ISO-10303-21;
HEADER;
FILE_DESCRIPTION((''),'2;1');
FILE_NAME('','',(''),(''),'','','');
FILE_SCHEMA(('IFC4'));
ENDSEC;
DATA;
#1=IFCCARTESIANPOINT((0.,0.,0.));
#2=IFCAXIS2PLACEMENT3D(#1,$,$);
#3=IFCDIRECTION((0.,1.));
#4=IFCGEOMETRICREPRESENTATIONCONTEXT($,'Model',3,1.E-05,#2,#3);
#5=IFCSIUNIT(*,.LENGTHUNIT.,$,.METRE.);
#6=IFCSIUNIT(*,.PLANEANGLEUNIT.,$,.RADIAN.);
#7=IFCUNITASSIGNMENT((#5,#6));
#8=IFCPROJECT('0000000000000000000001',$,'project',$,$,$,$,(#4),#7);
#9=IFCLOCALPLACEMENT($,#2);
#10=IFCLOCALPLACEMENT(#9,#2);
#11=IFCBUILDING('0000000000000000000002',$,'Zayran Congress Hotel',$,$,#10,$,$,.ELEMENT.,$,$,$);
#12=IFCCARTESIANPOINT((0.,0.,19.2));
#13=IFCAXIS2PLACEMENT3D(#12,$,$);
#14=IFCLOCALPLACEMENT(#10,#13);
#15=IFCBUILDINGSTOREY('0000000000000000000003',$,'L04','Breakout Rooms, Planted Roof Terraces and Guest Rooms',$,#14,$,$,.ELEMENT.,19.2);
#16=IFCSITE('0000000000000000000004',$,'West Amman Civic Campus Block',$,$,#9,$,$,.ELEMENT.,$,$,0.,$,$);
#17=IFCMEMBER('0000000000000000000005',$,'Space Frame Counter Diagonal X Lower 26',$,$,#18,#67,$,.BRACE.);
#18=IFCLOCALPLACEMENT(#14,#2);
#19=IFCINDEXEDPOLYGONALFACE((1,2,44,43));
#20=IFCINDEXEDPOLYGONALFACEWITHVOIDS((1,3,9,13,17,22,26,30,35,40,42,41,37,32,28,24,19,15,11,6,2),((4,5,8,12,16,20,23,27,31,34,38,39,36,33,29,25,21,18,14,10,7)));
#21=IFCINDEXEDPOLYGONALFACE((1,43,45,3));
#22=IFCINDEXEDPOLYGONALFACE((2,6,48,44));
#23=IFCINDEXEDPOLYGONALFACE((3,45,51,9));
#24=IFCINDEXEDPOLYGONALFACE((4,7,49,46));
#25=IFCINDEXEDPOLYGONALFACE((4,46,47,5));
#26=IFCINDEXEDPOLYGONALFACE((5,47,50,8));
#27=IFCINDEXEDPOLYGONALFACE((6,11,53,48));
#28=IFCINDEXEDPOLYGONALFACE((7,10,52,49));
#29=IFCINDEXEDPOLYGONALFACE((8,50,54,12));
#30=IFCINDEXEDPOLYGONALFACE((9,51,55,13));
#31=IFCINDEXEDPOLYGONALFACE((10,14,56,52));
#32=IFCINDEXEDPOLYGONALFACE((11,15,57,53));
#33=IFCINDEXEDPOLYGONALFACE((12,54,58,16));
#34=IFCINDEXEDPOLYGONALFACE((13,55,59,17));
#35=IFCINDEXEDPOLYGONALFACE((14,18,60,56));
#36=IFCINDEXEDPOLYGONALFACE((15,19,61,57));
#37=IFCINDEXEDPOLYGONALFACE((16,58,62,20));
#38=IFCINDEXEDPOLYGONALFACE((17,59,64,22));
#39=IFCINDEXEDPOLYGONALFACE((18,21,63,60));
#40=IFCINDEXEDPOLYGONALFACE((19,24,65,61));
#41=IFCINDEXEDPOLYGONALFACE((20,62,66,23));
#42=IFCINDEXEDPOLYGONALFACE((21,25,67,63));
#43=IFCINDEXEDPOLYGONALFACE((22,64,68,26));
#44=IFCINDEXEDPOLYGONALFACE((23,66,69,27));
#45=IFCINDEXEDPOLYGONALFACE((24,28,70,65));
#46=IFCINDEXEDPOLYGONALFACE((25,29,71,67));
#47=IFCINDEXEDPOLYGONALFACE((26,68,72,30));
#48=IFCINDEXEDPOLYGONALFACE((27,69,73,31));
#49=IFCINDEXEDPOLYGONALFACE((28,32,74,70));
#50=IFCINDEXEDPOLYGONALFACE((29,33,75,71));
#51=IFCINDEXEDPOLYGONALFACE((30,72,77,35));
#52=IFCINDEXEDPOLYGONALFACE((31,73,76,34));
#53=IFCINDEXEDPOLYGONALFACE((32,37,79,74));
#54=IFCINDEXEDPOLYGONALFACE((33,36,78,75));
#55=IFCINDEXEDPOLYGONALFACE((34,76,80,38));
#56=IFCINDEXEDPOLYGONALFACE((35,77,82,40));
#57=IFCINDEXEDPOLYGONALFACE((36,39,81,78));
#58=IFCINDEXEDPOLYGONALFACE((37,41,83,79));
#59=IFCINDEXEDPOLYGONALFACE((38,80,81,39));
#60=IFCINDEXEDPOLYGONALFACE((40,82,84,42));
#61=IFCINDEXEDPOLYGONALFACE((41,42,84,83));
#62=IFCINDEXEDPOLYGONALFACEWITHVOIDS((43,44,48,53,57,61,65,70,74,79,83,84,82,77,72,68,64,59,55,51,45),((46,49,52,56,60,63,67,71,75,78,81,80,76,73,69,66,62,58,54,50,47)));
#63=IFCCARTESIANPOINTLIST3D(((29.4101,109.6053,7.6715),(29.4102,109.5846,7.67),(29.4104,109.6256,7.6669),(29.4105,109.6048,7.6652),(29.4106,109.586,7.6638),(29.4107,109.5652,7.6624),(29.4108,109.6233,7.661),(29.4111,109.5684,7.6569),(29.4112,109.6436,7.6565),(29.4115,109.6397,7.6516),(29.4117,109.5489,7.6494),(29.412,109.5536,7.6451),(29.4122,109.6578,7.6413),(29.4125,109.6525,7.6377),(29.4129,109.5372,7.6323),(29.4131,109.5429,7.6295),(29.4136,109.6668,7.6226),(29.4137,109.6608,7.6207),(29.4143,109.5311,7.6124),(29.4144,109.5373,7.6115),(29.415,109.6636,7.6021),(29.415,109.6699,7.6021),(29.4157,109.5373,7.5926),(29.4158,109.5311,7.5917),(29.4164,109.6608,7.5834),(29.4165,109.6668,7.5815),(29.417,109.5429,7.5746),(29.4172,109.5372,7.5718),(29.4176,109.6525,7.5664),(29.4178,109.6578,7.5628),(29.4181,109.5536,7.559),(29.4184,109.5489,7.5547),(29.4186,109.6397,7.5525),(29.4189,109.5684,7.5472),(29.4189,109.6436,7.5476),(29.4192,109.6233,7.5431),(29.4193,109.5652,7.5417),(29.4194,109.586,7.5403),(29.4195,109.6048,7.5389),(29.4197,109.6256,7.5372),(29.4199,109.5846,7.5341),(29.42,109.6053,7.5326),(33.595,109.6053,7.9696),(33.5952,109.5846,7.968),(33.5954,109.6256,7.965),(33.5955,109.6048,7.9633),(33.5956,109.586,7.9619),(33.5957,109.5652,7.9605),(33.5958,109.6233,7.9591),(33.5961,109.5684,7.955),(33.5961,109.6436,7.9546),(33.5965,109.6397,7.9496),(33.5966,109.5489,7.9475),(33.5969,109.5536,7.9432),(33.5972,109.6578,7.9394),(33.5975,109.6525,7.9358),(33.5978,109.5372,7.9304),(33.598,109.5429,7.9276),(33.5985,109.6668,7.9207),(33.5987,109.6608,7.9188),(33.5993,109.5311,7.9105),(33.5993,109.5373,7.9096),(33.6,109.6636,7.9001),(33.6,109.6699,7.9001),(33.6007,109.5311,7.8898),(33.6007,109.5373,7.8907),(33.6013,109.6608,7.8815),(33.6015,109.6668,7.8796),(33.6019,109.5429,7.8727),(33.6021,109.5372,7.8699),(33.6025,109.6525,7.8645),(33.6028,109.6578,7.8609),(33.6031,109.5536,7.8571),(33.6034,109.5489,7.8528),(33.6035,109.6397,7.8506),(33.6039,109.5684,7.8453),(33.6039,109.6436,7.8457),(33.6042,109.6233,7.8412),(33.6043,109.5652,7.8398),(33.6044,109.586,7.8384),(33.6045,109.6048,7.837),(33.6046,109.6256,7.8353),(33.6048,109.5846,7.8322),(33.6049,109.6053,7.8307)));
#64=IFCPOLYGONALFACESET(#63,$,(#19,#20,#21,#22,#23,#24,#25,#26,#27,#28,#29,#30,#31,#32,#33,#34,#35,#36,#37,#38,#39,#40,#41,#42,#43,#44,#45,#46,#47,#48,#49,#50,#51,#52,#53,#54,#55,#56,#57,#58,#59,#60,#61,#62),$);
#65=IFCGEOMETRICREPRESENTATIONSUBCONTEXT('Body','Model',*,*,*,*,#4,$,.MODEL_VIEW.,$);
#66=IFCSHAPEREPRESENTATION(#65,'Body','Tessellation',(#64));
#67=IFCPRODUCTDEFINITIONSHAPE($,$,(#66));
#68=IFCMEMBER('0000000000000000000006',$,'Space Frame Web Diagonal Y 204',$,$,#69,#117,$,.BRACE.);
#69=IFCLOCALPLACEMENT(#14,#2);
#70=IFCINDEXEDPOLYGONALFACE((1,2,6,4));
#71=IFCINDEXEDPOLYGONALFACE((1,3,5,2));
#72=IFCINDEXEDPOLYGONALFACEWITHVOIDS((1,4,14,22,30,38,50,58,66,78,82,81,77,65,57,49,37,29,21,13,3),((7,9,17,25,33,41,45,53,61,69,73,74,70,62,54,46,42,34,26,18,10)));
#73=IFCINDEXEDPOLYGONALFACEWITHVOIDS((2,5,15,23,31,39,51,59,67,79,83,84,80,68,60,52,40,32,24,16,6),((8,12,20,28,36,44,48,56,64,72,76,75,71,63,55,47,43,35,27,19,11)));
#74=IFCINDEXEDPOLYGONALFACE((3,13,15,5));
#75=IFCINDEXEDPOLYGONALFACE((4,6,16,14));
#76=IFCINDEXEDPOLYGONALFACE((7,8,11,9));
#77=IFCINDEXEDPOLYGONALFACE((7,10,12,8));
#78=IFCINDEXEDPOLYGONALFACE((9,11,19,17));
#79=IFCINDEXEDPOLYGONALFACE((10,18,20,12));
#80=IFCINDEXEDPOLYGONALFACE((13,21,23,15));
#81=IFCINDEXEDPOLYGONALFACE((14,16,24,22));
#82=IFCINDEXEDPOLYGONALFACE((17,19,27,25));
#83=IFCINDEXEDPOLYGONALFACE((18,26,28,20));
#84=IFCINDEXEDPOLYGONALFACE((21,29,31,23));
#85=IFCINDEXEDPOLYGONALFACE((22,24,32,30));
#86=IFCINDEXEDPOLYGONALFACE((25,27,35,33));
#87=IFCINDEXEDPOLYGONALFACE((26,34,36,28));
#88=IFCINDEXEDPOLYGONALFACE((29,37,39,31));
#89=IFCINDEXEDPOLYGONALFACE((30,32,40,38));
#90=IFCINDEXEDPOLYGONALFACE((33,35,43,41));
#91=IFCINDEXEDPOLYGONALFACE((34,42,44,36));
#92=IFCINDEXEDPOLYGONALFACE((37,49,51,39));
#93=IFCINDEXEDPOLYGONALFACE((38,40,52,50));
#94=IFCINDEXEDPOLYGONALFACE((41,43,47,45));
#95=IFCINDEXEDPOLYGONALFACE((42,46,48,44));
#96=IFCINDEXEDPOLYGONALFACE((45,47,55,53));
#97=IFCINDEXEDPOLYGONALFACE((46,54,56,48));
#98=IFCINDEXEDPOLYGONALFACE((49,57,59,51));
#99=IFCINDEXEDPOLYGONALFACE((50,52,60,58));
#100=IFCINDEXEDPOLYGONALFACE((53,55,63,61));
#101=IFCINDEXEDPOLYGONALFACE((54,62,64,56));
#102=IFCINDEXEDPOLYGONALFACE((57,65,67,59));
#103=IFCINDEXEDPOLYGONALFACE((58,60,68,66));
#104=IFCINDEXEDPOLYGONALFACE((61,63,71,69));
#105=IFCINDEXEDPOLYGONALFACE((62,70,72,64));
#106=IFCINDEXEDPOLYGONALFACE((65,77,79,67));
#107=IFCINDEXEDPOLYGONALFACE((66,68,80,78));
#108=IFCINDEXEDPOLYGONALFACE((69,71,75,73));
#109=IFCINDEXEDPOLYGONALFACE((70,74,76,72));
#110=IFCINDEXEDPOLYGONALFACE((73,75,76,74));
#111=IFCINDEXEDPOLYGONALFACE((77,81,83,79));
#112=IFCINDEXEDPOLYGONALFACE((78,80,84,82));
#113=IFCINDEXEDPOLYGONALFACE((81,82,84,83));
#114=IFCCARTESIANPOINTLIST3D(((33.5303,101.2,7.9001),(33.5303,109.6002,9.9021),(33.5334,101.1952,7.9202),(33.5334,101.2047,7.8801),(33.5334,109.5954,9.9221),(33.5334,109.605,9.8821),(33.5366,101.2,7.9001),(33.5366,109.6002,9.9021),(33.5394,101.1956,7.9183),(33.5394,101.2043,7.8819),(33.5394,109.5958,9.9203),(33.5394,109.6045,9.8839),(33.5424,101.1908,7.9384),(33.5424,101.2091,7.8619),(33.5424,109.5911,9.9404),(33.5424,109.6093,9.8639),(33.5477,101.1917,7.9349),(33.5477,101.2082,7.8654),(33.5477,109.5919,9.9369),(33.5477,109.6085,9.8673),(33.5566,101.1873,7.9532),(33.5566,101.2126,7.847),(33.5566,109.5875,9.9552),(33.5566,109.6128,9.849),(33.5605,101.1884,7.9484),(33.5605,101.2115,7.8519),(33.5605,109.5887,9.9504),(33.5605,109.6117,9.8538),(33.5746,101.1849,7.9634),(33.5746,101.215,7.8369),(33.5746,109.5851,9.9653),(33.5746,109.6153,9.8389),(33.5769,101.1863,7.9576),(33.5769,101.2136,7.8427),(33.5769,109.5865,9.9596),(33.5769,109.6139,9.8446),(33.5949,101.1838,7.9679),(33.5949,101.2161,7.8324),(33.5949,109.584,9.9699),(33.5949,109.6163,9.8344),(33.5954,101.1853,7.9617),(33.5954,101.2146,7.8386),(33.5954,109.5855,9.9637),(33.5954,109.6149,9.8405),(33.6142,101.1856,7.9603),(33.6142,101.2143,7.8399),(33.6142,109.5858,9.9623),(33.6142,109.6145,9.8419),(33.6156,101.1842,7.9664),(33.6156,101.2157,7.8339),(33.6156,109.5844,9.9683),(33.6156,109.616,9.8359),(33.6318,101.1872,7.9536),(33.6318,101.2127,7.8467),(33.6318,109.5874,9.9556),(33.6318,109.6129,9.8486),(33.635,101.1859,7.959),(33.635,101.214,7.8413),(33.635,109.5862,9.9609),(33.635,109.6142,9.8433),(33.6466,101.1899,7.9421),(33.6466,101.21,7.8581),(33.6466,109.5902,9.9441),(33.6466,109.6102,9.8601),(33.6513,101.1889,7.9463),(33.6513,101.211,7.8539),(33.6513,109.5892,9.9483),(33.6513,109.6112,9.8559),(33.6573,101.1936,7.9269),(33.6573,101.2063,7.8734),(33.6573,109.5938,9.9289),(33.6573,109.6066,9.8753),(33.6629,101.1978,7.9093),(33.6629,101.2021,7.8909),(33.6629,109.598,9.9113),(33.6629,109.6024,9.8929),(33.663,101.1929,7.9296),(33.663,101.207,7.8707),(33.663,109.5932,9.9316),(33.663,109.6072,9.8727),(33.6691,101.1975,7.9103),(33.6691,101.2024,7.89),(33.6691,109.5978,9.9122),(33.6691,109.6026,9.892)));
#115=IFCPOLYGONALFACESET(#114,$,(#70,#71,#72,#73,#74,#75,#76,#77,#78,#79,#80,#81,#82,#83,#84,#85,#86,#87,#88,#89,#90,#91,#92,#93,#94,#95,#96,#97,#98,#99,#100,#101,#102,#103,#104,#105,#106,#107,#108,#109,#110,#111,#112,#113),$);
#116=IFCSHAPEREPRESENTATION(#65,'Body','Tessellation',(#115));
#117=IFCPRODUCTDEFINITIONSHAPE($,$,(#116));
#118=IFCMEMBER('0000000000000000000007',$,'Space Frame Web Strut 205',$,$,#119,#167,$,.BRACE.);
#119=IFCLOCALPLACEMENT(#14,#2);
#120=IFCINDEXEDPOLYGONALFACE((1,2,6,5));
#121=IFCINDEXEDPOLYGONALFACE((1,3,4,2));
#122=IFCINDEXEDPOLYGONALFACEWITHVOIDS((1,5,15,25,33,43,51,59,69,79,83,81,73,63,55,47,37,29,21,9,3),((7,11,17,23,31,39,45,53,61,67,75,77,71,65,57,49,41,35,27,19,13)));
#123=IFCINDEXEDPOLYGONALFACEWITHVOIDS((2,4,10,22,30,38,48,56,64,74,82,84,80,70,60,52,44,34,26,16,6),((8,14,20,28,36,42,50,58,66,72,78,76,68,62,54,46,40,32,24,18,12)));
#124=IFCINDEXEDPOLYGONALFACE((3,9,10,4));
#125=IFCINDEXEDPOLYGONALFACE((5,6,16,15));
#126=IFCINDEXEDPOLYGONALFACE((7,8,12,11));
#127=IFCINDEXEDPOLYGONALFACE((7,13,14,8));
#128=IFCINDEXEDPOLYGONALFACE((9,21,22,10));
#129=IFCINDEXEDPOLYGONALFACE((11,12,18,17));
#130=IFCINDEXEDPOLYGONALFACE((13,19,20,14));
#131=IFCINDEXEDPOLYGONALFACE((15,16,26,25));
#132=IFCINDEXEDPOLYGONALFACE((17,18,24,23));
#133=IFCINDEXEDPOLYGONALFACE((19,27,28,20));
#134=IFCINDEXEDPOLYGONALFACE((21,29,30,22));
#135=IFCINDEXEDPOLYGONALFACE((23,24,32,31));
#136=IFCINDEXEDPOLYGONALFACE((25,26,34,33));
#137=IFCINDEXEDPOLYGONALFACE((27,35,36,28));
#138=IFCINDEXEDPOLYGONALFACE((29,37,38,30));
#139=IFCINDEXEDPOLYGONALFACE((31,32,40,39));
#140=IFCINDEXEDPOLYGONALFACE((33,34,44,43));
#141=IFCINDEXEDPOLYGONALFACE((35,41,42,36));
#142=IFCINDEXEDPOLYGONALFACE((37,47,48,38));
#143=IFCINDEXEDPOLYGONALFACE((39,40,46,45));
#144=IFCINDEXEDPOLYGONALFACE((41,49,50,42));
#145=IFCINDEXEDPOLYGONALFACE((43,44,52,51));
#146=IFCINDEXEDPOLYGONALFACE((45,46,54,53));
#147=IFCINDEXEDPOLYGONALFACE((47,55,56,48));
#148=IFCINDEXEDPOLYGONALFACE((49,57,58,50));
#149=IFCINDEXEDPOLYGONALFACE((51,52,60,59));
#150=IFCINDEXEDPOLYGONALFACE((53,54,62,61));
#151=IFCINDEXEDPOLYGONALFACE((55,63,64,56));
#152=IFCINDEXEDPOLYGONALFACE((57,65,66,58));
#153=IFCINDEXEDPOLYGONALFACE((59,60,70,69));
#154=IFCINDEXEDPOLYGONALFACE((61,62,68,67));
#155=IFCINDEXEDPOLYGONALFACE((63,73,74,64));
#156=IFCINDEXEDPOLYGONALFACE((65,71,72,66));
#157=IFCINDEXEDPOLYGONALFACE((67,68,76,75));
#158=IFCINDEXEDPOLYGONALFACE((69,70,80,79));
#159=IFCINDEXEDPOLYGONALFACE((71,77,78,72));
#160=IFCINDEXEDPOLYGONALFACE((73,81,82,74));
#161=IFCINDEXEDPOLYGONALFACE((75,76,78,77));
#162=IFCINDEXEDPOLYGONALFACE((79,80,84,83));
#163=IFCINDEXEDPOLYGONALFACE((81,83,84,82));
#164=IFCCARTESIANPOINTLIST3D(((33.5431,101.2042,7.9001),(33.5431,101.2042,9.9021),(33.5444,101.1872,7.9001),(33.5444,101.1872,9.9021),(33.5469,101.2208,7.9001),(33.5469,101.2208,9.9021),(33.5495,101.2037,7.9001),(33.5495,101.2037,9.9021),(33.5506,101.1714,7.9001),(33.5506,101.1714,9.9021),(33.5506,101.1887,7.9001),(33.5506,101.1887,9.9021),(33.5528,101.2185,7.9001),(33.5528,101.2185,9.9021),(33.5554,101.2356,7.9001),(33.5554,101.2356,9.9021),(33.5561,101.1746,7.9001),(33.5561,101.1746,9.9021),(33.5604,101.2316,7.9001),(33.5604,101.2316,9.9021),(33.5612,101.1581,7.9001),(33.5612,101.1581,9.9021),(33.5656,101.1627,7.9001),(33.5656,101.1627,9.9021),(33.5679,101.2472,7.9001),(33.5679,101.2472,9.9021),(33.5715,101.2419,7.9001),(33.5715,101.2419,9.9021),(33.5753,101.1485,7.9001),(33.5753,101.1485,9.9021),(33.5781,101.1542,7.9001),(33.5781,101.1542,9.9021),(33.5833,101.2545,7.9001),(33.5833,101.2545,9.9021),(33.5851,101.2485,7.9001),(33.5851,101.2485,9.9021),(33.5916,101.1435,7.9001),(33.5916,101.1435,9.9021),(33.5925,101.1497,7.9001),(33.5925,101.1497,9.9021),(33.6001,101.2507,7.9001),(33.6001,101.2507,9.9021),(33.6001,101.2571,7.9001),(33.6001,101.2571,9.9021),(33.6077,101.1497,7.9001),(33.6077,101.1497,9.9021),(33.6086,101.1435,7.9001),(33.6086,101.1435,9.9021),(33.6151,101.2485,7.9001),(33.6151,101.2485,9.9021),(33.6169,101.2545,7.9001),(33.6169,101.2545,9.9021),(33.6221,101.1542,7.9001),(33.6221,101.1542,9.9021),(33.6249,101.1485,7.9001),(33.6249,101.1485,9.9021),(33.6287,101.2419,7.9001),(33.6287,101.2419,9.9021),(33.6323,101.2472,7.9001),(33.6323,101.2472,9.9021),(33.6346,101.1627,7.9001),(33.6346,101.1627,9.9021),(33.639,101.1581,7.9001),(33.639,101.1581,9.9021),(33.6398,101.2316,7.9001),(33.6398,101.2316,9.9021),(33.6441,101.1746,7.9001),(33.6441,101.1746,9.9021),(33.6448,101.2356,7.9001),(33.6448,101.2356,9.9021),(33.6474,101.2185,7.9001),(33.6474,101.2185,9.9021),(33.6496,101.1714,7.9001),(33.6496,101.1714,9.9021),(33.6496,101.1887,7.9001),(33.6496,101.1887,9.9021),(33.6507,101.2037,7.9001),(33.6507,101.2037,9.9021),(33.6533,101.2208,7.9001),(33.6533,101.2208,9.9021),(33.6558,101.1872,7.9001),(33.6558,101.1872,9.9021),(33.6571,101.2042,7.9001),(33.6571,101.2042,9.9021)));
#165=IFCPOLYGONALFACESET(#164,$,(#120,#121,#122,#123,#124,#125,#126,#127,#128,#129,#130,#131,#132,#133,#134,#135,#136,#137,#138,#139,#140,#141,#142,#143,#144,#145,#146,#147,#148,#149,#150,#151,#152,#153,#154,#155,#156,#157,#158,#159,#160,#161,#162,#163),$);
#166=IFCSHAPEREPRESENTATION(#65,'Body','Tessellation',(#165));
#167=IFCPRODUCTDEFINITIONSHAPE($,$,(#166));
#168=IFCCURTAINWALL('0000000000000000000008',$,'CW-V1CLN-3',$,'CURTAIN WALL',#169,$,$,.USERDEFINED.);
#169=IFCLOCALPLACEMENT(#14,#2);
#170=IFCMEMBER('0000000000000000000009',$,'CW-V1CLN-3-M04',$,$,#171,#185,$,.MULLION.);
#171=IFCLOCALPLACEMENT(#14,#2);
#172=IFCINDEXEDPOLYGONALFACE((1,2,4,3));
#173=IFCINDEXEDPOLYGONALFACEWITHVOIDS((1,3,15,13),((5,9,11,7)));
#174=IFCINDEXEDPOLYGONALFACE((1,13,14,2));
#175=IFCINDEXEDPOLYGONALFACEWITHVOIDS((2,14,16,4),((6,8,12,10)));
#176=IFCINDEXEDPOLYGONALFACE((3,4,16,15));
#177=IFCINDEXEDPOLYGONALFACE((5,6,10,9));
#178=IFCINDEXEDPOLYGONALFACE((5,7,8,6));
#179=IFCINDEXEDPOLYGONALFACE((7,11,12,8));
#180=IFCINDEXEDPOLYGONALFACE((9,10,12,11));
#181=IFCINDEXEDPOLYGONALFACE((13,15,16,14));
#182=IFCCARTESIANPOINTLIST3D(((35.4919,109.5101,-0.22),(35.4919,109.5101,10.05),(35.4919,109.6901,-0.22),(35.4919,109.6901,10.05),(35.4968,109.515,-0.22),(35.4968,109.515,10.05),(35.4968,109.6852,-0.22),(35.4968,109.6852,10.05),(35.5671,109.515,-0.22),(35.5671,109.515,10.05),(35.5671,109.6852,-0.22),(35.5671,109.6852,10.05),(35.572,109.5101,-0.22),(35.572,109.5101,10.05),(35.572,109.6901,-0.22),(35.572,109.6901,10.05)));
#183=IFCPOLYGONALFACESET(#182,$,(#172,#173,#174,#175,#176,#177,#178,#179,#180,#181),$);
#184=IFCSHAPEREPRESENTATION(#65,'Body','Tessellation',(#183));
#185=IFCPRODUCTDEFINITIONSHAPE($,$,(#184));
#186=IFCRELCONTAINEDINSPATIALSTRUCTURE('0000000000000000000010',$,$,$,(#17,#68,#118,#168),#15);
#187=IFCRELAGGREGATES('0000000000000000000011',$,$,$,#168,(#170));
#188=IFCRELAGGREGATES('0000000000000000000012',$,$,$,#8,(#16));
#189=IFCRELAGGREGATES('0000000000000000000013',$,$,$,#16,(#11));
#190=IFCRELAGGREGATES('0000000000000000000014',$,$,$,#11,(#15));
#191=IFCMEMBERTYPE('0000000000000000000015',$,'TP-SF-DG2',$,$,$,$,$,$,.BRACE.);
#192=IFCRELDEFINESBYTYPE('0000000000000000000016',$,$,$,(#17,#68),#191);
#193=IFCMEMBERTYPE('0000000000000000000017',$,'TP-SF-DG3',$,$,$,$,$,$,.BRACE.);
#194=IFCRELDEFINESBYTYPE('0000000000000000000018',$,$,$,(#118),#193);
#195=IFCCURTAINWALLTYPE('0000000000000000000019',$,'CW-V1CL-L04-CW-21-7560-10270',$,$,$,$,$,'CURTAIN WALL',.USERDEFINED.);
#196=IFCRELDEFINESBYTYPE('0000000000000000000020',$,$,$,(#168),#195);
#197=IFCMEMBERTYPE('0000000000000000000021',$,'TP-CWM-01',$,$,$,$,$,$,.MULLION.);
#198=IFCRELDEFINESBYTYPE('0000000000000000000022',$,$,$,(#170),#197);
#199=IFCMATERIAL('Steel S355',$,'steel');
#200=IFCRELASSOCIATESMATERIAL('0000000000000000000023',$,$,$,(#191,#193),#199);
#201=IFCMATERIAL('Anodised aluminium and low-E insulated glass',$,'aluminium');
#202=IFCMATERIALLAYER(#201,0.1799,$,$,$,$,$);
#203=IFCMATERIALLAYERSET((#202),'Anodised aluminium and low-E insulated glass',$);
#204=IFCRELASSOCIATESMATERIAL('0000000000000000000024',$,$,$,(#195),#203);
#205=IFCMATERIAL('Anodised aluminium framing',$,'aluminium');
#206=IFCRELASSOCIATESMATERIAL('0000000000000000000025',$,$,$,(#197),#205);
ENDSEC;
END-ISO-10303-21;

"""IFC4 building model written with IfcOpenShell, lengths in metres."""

from ifc_helpers import new_model, si_unit, direction, frame, origin, origin_2d, place, context, subcontext, project, spatial, hollow_rectangle, hollow_circle, extrude, material, layer, layer_set, material_profile, profile_set, type_object, element, aggregate, save


model = new_model("IFC4")

# Units and contexts
model_context = context("Model", 3, precision=1e-05, world=origin(), true_north=direction((0.0, 1.0)))
body_context = subcontext(model_context, "Body", "Model", "MODEL_VIEW")
ifc_project = project(units=[si_unit("LENGTHUNIT", "METRE"), si_unit("PLANEANGLEUNIT", "RADIAN")], contexts=[model_context])

# Site, building, storey
site_placement = place(None, origin())
site = spatial("IfcSite", under=ifc_project, at=site_placement, Name="West Amman Civic Campus Block", CompositionType="ELEMENT", RefElevation=0.0)
building_placement = place(site_placement, origin())
building = spatial("IfcBuilding", under=site, at=building_placement, Name="Zayran Congress Hotel", CompositionType="ELEMENT")
storey_placement = place(building_placement, frame((0.0, 0.0, 19.2)))
storey = spatial("IfcBuildingStorey", under=building, at=storey_placement, Name="L04", Description="Breakout Rooms, Planted Roof Terraces and Guest Rooms", CompositionType="ELEMENT", Elevation=19.2)

# Members
ifc_material_1 = material(Name="Steel S355", Category="steel")
ifc_material_profile_1 = material_profile(ifc_material_1, hollow_circle(Radius=0.0698, WallThickness=0.0063, at=origin_2d()), Name="CHS 139.7x6.3")
ifc_profile_set_1 = profile_set([ifc_material_profile_1], Name="Steel S355")
member_type_1 = type_object("IfcMemberType", Name="TP-SF-DG2", PredefinedType="BRACE", material=ifc_profile_set_1)
for number, where, z_axis, x_axis, name in (
    (1, (29.415, 109.6001, 7.6021), (0.997473, 0.0, 0.071049), (0.0, 1.0, 0.0), "Space Frame Counter Diagonal X Lower 26"),
):
    element("IfcMember", number, at=place(storey_placement, frame(where, z_axis=z_axis, x_axis=x_axis)), inside=storey, type_object=member_type_1, Name=name, PredefinedType="BRACE", context=body_context, shape_type="SweptSolid", body=[
        extrude(hollow_circle(Radius=0.0698, WallThickness=0.0063, at=origin_2d()), origin(), (0.0, 0.0, 1.0), 4.1956),
    ])
member_1_placement = place(storey_placement, frame((33.6001, 101.2, 7.9001), z_axis=(0.0, 0.972756, 0.231831), x_axis=(-1.0, 0.0, 0.0)))
element("IfcMember", 2, at=member_1_placement, inside=storey, type_object=member_type_1, Name="Space Frame Web Diagonal Y 204", PredefinedType="BRACE", context=body_context, shape_type="SweptSolid", body=[
    extrude(hollow_circle(Radius=0.0698, WallThickness=0.0063, at=origin_2d()), origin(), (0.0, 0.0, 1.0), 8.6355),
])
ifc_material_profile_2 = material_profile(ifc_material_1, hollow_circle(Radius=0.0571, WallThickness=0.0063, at=origin_2d()), Name="CHS 114.3x6.3")
ifc_profile_set_2 = profile_set([ifc_material_profile_2], Name="Steel S355")
member_type_2 = type_object("IfcMemberType", Name="TP-SF-DG3", PredefinedType="BRACE", material=ifc_profile_set_2)
member_2_placement = place(storey_placement, frame((33.6001, 101.2, 7.9001), z_axis=(0.0, 0.0, 1.0), x_axis=(0.0, 1.0, 0.0)))
element("IfcMember", 3, at=member_2_placement, inside=storey, type_object=member_type_2, Name="Space Frame Web Strut 205", PredefinedType="BRACE", context=body_context, shape_type="SweptSolid", body=[
    extrude(hollow_circle(Radius=0.0571, WallThickness=0.0063, at=origin_2d()), origin(), (0.0, 0.0, 1.0), 2.002),
])

# Curtain wall, member
ifc_material_2 = material(Name="Anodised aluminium and low-E insulated glass", Category="aluminium")
ifc_layer_1 = layer(ifc_material_2, 0.1799)
ifc_layer_set_1 = layer_set([ifc_layer_1], Name="Anodised aluminium and low-E insulated glass")
curtain_wall_type = type_object("IfcCurtainWallType", Name="CW-V1CL-L04-CW-21-7560-10270", ElementType="CURTAIN WALL", PredefinedType="USERDEFINED", material=ifc_layer_set_1)
curtain_wall_placement = place(storey_placement, origin())
curtain_wall = element("IfcCurtainWall", 4, at=curtain_wall_placement, inside=storey, type_object=curtain_wall_type, Name="CW-V1CLN-3", ObjectType="CURTAIN WALL", PredefinedType="USERDEFINED")
ifc_material_3 = material(Name="Anodised aluminium framing", Category="aluminium")
ifc_material_profile_3 = material_profile(ifc_material_3, hollow_rectangle(XDim=0.0801, YDim=0.1799, WallThickness=0.0049, at=origin_2d()), Name="RHS 180x80x5")
ifc_profile_set_3 = profile_set([ifc_material_profile_3], Name="Anodised aluminium framing")
member_type_3 = type_object("IfcMemberType", Name="TP-CWM-01", PredefinedType="MULLION", material=ifc_profile_set_3)
member_3_placement = place(storey_placement, frame((35.532, 109.6001, -0.22), z_axis=(0.0, 0.0, 1.0), x_axis=(1.0, 0.0, 0.0)))
member_3 = element("IfcMember", 5, at=member_3_placement, type_object=member_type_3, Name="CW-V1CLN-3-M04", PredefinedType="MULLION", context=body_context, shape_type="SweptSolid", body=[
    extrude(hollow_rectangle(XDim=0.0801, YDim=0.1799, WallThickness=0.0049, at=origin_2d()), origin(), (0.0, 0.0, 1.0), 10.27),
])

aggregate(curtain_wall, [member_3])

save(model, "model.ifc")
